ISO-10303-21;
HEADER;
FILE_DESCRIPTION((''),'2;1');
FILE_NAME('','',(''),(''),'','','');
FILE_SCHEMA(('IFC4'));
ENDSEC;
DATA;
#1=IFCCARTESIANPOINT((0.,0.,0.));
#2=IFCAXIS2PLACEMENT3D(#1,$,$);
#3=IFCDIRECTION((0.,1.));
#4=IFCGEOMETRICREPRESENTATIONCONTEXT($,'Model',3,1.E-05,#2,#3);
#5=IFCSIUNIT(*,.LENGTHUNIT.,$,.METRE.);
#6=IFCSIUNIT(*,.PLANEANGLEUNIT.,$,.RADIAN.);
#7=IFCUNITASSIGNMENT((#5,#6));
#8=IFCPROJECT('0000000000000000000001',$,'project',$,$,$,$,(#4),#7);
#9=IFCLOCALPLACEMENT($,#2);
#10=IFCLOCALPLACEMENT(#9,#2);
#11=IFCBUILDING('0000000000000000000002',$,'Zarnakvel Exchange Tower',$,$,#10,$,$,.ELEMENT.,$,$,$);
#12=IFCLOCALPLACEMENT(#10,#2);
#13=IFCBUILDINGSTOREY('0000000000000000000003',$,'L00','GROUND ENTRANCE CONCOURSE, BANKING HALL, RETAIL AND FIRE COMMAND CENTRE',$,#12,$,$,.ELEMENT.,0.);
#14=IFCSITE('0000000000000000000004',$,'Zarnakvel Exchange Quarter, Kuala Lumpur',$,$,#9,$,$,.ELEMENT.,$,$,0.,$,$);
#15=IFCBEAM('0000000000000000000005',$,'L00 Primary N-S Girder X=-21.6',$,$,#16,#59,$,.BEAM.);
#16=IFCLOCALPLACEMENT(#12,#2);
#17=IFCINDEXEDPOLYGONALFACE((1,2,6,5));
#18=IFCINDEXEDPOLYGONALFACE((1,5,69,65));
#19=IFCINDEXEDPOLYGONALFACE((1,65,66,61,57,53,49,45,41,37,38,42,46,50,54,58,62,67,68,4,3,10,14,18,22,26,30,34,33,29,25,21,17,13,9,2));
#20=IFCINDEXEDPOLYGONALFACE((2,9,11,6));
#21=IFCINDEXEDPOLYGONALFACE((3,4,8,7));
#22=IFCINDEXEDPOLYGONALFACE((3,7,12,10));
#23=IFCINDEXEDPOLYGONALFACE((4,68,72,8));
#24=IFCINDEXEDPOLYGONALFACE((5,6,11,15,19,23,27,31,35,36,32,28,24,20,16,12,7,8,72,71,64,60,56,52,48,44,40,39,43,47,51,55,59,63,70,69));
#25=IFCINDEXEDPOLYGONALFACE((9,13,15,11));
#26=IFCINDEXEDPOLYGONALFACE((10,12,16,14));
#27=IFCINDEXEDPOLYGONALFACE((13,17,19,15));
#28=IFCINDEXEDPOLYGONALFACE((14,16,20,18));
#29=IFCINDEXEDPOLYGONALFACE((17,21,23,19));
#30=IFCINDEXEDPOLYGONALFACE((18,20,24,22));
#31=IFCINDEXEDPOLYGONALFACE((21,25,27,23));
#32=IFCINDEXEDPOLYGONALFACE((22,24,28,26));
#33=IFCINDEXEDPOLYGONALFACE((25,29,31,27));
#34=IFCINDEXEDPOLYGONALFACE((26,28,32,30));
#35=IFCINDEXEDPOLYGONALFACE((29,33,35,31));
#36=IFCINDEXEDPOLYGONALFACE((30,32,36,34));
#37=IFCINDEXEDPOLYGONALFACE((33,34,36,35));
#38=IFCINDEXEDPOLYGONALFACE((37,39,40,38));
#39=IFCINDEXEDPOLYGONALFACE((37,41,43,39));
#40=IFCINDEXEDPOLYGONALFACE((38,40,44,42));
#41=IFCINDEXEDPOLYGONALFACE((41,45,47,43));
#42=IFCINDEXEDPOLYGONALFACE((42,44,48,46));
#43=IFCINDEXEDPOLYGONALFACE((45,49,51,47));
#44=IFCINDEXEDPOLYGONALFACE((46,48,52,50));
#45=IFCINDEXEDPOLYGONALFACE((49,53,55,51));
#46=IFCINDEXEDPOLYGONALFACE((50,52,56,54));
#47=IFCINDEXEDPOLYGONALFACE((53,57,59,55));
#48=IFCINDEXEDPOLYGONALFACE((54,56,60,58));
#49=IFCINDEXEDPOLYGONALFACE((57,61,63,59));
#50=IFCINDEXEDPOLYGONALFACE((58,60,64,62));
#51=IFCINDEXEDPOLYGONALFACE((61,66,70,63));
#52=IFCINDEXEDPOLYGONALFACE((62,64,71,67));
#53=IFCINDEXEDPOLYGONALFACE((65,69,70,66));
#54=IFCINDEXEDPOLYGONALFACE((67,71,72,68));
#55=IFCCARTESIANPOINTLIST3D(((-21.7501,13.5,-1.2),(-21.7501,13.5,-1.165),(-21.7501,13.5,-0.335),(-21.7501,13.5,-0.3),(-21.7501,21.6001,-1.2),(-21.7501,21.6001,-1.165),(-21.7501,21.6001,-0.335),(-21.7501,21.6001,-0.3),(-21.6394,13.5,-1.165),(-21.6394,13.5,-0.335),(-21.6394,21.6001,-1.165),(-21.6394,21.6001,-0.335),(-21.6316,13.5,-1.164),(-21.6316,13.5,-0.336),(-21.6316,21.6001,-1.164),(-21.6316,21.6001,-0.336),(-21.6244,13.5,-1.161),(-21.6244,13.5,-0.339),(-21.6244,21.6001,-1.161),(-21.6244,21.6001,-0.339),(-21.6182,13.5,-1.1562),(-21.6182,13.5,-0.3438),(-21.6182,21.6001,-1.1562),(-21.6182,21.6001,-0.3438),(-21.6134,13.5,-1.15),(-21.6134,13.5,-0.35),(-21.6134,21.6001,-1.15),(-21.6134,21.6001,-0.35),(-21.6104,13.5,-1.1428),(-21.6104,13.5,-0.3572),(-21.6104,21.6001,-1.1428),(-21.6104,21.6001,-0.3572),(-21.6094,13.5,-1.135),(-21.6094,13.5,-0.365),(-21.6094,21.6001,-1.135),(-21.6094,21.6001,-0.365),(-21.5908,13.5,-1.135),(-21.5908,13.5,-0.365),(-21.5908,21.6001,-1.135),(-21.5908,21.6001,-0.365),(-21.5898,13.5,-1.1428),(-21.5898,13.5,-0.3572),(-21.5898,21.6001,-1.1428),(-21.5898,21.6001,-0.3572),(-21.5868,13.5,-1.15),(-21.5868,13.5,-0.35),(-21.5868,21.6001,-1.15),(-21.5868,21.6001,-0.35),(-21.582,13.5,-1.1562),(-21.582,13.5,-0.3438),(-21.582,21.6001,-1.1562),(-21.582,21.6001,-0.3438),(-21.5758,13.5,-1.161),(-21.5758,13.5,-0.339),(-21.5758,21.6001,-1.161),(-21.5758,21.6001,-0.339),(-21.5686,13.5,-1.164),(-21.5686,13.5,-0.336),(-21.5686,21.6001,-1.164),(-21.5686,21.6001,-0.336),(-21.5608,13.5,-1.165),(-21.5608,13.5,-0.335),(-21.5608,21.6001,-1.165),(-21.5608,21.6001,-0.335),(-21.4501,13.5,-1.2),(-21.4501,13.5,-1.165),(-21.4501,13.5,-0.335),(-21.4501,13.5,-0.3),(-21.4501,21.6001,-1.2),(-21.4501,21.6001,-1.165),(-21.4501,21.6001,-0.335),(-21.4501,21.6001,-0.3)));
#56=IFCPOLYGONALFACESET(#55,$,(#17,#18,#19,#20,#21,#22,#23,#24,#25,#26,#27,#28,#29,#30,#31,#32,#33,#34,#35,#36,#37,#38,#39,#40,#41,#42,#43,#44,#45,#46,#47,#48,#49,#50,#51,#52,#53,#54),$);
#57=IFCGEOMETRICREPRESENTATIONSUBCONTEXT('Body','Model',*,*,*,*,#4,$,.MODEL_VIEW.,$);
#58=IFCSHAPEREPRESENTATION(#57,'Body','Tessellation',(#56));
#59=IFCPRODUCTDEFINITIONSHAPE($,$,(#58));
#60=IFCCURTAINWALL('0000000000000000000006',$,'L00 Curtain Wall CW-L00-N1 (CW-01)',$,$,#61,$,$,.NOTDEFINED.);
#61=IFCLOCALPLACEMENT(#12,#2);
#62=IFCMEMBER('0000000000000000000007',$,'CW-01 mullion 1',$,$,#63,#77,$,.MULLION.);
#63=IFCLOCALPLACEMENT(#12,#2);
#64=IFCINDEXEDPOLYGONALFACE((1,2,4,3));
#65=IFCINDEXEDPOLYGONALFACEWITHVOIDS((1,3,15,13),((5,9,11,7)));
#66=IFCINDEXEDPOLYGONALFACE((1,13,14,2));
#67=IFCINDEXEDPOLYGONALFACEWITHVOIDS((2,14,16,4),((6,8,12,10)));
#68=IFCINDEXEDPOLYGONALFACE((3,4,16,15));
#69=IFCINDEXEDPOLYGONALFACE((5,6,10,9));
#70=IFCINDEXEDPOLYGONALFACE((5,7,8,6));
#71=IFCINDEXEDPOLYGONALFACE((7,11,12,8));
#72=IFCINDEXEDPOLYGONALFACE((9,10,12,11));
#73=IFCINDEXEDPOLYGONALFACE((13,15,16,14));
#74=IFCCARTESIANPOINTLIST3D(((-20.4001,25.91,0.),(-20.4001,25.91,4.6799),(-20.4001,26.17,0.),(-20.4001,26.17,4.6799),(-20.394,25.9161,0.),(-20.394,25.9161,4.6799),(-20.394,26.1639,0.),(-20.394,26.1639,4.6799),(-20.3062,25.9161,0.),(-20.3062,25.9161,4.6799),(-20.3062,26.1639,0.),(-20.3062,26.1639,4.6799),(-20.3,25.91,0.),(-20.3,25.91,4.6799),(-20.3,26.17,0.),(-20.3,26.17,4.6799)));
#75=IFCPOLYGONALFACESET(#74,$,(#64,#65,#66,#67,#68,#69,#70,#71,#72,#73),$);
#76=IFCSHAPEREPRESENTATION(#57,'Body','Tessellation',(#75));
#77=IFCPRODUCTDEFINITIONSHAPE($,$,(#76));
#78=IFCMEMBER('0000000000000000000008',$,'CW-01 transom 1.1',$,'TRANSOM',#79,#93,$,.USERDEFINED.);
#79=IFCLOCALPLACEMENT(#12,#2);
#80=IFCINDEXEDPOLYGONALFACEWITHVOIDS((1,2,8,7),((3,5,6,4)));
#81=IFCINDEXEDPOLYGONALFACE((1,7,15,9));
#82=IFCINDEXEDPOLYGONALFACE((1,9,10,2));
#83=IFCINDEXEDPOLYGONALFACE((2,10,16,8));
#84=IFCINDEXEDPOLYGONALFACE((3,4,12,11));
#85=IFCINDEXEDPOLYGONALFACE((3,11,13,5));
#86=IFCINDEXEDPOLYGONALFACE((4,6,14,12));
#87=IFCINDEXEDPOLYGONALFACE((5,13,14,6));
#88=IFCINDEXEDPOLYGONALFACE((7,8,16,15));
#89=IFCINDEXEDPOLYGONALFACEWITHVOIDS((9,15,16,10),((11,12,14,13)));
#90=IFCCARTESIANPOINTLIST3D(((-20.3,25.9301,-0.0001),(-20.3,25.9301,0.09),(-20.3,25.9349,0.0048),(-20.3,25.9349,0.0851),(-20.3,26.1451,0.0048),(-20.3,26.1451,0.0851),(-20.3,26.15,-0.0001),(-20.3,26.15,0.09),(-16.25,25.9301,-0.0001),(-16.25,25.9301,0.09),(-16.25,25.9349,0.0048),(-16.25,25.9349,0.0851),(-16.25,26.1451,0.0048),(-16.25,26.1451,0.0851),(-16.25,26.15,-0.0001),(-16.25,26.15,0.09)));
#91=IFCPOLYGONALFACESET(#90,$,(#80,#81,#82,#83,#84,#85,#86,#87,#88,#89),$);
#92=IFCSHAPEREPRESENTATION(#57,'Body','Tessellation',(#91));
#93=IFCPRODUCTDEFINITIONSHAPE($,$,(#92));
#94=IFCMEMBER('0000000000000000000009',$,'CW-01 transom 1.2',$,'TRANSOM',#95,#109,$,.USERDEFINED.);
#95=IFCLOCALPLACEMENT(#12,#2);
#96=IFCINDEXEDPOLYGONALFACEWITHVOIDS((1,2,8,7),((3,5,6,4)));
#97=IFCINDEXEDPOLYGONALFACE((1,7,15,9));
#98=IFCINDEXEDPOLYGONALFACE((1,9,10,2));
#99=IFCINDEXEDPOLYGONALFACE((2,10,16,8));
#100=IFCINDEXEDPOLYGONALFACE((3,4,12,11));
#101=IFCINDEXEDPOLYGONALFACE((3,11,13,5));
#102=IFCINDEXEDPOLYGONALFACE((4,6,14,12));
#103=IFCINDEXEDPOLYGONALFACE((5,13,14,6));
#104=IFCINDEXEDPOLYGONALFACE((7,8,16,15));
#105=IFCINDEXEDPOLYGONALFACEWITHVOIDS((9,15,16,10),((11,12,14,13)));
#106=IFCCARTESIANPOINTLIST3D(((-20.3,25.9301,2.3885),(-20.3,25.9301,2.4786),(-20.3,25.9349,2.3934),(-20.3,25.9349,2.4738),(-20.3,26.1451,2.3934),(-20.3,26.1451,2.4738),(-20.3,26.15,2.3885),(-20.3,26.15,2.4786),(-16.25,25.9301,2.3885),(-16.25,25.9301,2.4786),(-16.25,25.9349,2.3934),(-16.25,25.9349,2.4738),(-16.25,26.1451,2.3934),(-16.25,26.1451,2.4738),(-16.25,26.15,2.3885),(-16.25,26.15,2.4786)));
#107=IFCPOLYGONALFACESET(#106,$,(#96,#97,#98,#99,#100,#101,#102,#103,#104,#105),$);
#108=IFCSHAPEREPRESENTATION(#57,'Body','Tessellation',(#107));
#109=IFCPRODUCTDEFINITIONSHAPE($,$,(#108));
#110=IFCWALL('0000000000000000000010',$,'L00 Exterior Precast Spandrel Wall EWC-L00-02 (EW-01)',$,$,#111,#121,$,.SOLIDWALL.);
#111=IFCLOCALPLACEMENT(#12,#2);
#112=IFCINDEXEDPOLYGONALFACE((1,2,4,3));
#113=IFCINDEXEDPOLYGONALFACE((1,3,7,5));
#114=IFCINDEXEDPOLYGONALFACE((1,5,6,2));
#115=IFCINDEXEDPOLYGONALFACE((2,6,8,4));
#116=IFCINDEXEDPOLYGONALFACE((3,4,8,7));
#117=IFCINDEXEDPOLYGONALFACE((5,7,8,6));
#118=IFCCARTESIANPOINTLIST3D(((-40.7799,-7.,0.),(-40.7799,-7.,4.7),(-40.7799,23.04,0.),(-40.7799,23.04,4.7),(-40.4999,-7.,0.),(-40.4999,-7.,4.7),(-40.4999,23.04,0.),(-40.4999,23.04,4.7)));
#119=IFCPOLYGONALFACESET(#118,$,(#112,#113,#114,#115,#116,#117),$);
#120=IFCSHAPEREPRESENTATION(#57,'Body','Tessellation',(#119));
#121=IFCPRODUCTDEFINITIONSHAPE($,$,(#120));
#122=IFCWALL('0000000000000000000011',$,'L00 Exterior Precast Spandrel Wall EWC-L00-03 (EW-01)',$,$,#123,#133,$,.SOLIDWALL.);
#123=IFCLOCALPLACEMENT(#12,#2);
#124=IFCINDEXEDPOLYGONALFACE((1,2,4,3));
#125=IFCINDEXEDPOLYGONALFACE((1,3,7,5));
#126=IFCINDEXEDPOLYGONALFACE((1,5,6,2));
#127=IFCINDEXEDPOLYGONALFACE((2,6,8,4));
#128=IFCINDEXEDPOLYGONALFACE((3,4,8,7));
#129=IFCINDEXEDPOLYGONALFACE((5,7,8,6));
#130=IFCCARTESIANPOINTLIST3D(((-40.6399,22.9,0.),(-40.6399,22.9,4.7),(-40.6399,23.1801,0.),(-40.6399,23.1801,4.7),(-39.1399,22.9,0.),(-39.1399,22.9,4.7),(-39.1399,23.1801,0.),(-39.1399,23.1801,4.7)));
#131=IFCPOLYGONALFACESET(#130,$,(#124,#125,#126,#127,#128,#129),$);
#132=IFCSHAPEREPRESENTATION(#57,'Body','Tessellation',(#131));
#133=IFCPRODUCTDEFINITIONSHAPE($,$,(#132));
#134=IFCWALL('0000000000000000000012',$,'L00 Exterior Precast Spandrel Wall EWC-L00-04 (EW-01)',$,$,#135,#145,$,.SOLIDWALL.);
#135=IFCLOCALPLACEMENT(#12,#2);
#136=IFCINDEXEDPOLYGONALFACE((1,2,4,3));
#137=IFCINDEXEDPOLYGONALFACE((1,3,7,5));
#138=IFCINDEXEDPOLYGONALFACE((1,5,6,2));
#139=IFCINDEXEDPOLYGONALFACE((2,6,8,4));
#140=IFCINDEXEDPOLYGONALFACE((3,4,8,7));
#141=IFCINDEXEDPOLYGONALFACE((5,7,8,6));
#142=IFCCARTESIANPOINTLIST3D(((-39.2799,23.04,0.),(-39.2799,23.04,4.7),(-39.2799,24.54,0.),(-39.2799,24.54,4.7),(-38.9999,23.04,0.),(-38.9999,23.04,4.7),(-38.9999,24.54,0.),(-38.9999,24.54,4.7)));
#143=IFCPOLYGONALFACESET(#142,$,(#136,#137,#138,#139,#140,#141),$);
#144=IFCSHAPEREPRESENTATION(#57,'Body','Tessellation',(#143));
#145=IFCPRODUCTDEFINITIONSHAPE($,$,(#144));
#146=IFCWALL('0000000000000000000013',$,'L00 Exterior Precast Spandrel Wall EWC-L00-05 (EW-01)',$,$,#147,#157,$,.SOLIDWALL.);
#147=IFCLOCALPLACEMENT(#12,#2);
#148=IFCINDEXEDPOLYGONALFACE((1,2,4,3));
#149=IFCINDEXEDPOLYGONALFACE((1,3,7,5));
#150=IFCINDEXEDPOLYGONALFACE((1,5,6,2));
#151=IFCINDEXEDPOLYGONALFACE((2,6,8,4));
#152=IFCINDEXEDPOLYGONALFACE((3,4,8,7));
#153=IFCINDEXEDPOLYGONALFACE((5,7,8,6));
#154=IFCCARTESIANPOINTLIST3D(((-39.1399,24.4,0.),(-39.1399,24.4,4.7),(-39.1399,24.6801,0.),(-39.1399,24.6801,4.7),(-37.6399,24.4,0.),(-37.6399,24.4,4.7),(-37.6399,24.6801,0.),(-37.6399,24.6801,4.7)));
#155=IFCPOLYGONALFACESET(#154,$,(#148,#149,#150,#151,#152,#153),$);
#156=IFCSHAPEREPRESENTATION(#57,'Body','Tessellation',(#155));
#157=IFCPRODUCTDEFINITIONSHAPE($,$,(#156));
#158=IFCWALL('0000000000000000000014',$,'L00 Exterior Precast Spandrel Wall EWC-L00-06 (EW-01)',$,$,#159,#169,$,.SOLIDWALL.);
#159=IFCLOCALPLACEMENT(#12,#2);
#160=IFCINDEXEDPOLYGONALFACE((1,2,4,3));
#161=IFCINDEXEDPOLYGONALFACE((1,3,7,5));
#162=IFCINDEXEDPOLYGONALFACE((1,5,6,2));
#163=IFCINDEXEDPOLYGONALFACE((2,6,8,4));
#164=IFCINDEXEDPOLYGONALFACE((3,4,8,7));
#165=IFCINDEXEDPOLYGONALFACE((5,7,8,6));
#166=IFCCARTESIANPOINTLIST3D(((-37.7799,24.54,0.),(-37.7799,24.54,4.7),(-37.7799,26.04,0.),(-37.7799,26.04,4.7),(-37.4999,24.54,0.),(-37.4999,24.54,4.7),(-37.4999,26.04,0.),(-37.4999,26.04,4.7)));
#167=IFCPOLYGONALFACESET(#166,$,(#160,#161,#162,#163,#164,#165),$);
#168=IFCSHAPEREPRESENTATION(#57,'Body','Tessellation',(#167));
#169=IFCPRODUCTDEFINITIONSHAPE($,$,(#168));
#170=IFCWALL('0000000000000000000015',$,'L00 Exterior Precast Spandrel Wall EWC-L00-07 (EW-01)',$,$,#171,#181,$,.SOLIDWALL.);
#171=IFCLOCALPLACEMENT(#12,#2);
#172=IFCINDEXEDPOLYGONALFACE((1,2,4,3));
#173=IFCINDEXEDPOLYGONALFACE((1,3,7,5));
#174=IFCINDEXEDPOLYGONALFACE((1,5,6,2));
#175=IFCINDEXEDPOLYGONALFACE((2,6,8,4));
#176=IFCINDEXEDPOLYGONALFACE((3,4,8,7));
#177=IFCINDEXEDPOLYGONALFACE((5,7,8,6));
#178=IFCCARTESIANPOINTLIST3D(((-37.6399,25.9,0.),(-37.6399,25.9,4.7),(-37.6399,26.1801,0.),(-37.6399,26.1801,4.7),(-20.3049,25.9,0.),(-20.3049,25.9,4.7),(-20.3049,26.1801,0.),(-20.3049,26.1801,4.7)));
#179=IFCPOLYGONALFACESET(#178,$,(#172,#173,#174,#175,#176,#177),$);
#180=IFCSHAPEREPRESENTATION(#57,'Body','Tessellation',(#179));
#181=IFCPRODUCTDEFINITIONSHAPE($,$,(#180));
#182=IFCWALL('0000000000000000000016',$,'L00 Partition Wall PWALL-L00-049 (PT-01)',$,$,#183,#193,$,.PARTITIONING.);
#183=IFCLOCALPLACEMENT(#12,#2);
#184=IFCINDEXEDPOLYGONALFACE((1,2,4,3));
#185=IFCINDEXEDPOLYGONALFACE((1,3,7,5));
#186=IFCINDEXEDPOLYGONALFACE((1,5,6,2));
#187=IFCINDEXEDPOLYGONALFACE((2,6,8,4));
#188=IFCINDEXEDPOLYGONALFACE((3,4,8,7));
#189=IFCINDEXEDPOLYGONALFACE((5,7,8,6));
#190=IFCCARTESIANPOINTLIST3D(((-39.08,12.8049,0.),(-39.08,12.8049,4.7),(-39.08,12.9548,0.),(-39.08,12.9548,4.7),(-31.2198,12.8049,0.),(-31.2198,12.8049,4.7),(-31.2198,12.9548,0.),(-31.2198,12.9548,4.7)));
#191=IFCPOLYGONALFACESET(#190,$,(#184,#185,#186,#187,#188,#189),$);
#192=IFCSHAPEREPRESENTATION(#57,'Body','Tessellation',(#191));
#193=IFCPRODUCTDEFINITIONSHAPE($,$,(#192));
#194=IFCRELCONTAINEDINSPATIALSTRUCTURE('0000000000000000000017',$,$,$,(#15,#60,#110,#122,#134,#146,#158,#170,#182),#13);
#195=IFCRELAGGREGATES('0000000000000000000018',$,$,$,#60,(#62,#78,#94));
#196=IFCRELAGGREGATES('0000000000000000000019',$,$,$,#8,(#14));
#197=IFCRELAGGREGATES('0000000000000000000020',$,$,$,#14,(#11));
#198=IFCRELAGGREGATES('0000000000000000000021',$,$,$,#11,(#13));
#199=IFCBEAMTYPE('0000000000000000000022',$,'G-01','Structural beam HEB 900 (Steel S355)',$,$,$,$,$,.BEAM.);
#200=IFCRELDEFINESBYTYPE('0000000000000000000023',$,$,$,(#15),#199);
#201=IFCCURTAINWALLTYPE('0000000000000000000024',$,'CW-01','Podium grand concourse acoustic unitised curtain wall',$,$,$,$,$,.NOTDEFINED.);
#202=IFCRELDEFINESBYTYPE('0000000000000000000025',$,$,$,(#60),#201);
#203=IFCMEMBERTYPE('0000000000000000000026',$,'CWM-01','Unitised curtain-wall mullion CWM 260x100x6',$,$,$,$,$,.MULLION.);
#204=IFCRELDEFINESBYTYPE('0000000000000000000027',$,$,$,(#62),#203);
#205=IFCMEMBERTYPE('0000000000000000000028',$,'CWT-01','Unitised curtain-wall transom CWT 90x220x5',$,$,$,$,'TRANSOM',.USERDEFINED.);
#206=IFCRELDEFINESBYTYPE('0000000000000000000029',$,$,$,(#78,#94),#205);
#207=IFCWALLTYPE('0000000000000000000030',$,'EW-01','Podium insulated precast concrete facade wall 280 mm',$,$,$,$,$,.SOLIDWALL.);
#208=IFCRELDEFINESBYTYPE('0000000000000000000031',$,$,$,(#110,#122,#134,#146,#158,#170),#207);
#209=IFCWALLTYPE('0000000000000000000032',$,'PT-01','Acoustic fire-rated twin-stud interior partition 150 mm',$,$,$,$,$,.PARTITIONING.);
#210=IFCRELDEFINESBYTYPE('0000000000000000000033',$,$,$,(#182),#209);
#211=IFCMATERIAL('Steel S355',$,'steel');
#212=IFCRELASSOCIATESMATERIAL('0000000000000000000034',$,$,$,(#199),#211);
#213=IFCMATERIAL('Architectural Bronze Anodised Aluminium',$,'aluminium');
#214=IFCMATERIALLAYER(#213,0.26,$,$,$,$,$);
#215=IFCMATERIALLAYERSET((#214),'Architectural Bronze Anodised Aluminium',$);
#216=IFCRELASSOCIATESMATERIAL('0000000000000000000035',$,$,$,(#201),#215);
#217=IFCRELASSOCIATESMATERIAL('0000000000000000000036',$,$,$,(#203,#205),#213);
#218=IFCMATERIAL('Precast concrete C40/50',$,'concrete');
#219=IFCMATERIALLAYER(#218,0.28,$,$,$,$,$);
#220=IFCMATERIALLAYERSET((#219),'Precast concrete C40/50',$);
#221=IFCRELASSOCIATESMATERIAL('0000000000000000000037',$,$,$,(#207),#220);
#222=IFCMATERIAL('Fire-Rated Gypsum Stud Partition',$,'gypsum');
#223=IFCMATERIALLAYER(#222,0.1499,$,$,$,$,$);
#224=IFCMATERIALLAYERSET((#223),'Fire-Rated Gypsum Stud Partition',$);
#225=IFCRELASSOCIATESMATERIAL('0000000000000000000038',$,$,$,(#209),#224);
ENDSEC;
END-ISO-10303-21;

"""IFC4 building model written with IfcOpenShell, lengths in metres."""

from ifc_helpers import new_model, si_unit, direction, frame, frame_2d, origin, origin_2d, place, context, subcontext, project, spatial, rectangle, hollow_rectangle, i_section, extrude, source, transform, mapped, material, layer, layer_set, material_profile, profile_set, type_object, element, aggregate, save


model = new_model("IFC4")

# Units and contexts
model_context = context("Model", 3, precision=1e-05, world=origin(), true_north=direction((0.0, 1.0)))
body_context = subcontext(model_context, "Body", "Model", "MODEL_VIEW")
ifc_project = project(units=[si_unit("LENGTHUNIT", "METRE"), si_unit("PLANEANGLEUNIT", "RADIAN")], contexts=[model_context])

# Site, building, storey
site_placement = place(None, origin())
site = spatial("IfcSite", under=ifc_project, at=site_placement, Name="Zarnakvel Exchange Quarter, Kuala Lumpur", CompositionType="ELEMENT", RefElevation=0.0)
building_placement = place(site_placement, origin())
building = spatial("IfcBuilding", under=site, at=building_placement, Name="Zarnakvel Exchange Tower", CompositionType="ELEMENT")
storey_placement = place(building_placement, origin())
storey = spatial("IfcBuildingStorey", under=building, at=storey_placement, Name="L00", Description="GROUND ENTRANCE CONCOURSE, BANKING HALL, RETAIL AND FIRE COMMAND CENTRE", CompositionType="ELEMENT", Elevation=0.0)

# Beam
ifc_material_1 = material(Name="Steel S355", Category="steel")
ifc_material_profile_1 = material_profile(ifc_material_1, i_section(OverallWidth=0.3, OverallDepth=0.8999, WebThickness=0.0186, FlangeThickness=0.0349, FilletRadius=0.03, at=origin_2d()))
ifc_profile_set_1 = profile_set([ifc_material_profile_1], Name="Steel S355")
beam_type_1 = type_object("IfcBeamType", Name="G-01", Description="Structural beam HEB 900 (Steel S355)", PredefinedType="BEAM", material=ifc_profile_set_1)
beam_1_placement = place(storey_placement, frame((-21.6001, 13.5, -0.75), z_axis=(0.0, 1.0, 0.0), x_axis=(-1.0, 0.0, 0.0)))
element("IfcBeam", 1, at=beam_1_placement, inside=storey, type_object=beam_type_1, Name="L00 Primary N-S Girder X=-21.6", PredefinedType="BEAM", context=body_context, shape_type="SweptSolid", body=[
    extrude(i_section(OverallWidth=0.3, OverallDepth=0.8999, WebThickness=0.0186, FlangeThickness=0.0349, FilletRadius=0.03, at=origin_2d()), origin(), (0.0, 0.0, 1.0), 8.1001),
])

# Curtain wall, members
ifc_material_2 = material(Name="Architectural Bronze Anodised Aluminium", Category="aluminium")
ifc_layer_1 = layer(ifc_material_2, 0.26)
ifc_layer_set_1 = layer_set([ifc_layer_1], Name="Architectural Bronze Anodised Aluminium")
curtain_wall_type = type_object("IfcCurtainWallType", Name="CW-01", Description="Podium grand concourse acoustic unitised curtain wall", PredefinedType="NOTDEFINED", material=ifc_layer_set_1)
curtain_wall_placement = place(storey_placement, origin())
curtain_wall = element("IfcCurtainWall", 2, at=curtain_wall_placement, inside=storey, type_object=curtain_wall_type, Name="L00 Curtain Wall CW-L00-N1 (CW-01)", PredefinedType="NOTDEFINED")
ifc_material_profile_2 = material_profile(ifc_material_2, hollow_rectangle(XDim=0.26, YDim=0.1001, WallThickness=0.0061, at=origin_2d()))
ifc_profile_set_2 = profile_set([ifc_material_profile_2], Name="Architectural Bronze Anodised Aluminium")
member_type_1 = type_object("IfcMemberType", Name="CWM-01", Description="Unitised curtain-wall mullion CWM 260x100x6", PredefinedType="MULLION", material=ifc_profile_set_2)
shared_shape_1 = source(origin(), body_context, "Body", "SweptSolid", [
    extrude(hollow_rectangle(XDim=0.26, YDim=0.1001, WallThickness=0.0061, at=origin_2d()), origin(), (0.0, 0.0, 1.0), 4.6799),
])
member_1_placement = place(storey_placement, frame((-20.3501, 26.04, 0.0), z_axis=(0.0, 0.0, 1.0), x_axis=(0.0, 1.0, 0.0)))
member_1 = element("IfcMember", 3, at=member_1_placement, type_object=member_type_1, Name="CW-01 mullion 1", PredefinedType="MULLION", context=body_context, shape_type="MappedRepresentation", body=[
    mapped(shared_shape_1, transform((0.0, 0.0, 0.0), x_axis=(1.0, 0.0, 0.0), y_axis=(0.0, 1.0, 0.0), z_axis=(0.0, 0.0, 1.0), scale=1.0)),
])
ifc_material_profile_3 = material_profile(ifc_material_2, hollow_rectangle(XDim=0.22, YDim=0.0901, WallThickness=0.0049, at=origin_2d()))
ifc_profile_set_3 = profile_set([ifc_material_profile_3], Name="Architectural Bronze Anodised Aluminium")
member_type_2 = type_object("IfcMemberType", Name="CWT-01", Description="Unitised curtain-wall transom CWT 90x220x5", ElementType="TRANSOM", PredefinedType="USERDEFINED", material=ifc_profile_set_3)
shared_shape_2 = source(origin(), body_context, "Body", "SweptSolid", [
    extrude(hollow_rectangle(XDim=0.22, YDim=0.0901, WallThickness=0.0049, at=origin_2d()), origin(), (0.0, 0.0, 1.0), 4.05),
])
member_2_placement = place(storey_placement, frame((-20.3, 26.04, 0.0449), z_axis=(1.0, 0.0, 0.0), x_axis=(0.0, 1.0, 0.0)))
member_2 = element("IfcMember", 4, at=member_2_placement, type_object=member_type_2, Name="CW-01 transom 1.1", ObjectType="TRANSOM", PredefinedType="USERDEFINED", context=body_context, shape_type="MappedRepresentation", body=[
    mapped(shared_shape_2, transform((0.0, 0.0, 0.0), x_axis=(1.0, 0.0, 0.0), y_axis=(0.0, 1.0, 0.0), z_axis=(0.0, 0.0, 1.0), scale=1.0)),
])
member_3_placement = place(storey_placement, frame((-20.3, 26.04, 2.4336), z_axis=(1.0, 0.0, 0.0), x_axis=(0.0, 1.0, 0.0)))
member_3 = element("IfcMember", 5, at=member_3_placement, type_object=member_type_2, Name="CW-01 transom 1.2", ObjectType="TRANSOM", PredefinedType="USERDEFINED", context=body_context, shape_type="MappedRepresentation", body=[
    mapped(shared_shape_2, transform((0.0, 0.0, 0.0), x_axis=(1.0, 0.0, 0.0), y_axis=(0.0, 1.0, 0.0), z_axis=(0.0, 0.0, 1.0), scale=1.0)),
])
aggregate(curtain_wall, [member_1, member_2, member_3])

# Walls
ifc_material_3 = material(Name="Precast concrete C40/50", Category="concrete")
ifc_layer_2 = layer(ifc_material_3, 0.28)
ifc_layer_set_2 = layer_set([ifc_layer_2], Name="Precast concrete C40/50")
wall_type_1 = type_object("IfcWallType", Name="EW-01", Description="Podium insulated precast concrete facade wall 280 mm", PredefinedType="SOLIDWALL", material=ifc_layer_set_2)
wall_1_placement = place(storey_placement, frame((-40.6399, 23.04, 0.0), z_axis=(0.0, 0.0, 1.0), x_axis=(0.0, -1.0, 0.0)))
element("IfcWall", 6, at=wall_1_placement, inside=storey, type_object=wall_type_1, Name="L00 Exterior Precast Spandrel Wall EWC-L00-02 (EW-01)", PredefinedType="SOLIDWALL", context=body_context, shape_type="SweptSolid", body=[
    extrude(rectangle(XDim=30.04, YDim=0.28, at=frame_2d((15.02, 0.0))), origin(), (0.0, 0.0, 1.0), 4.7),
])
for number, where, z_axis, x_axis, name in (
    (7, (-39.1399, 23.04, 0.0), (0.0, 0.0, 1.0), (-1.0, 0.0, 0.0), "L00 Exterior Precast Spandrel Wall EWC-L00-03 (EW-01)"),
    (8, (-39.1399, 24.54, 0.0), (0.0, 0.0, 1.0), (0.0, -1.0, 0.0), "L00 Exterior Precast Spandrel Wall EWC-L00-04 (EW-01)"),
    (9, (-37.6399, 24.54, 0.0), (0.0, 0.0, 1.0), (-1.0, 0.0, 0.0), "L00 Exterior Precast Spandrel Wall EWC-L00-05 (EW-01)"),
    (10, (-37.6399, 26.04, 0.0), (0.0, 0.0, 1.0), (0.0, -1.0, 0.0), "L00 Exterior Precast Spandrel Wall EWC-L00-06 (EW-01)"),
):
    element("IfcWall", number, at=place(storey_placement, frame(where, z_axis=z_axis, x_axis=x_axis)), inside=storey, type_object=wall_type_1, Name=name, PredefinedType="SOLIDWALL", context=body_context, shape_type="SweptSolid", body=[
        extrude(rectangle(XDim=1.5, YDim=0.28, at=frame_2d((0.75, 0.0))), origin(), (0.0, 0.0, 1.0), 4.7),
    ])
wall_2_placement = place(storey_placement, frame((-20.3049, 26.04, 0.0), z_axis=(0.0, 0.0, 1.0), x_axis=(-1.0, 0.0, 0.0)))
element("IfcWall", 11, at=wall_2_placement, inside=storey, type_object=wall_type_1, Name="L00 Exterior Precast Spandrel Wall EWC-L00-07 (EW-01)", PredefinedType="SOLIDWALL", context=body_context, shape_type="SweptSolid", body=[
    extrude(rectangle(XDim=17.335, YDim=0.28, at=frame_2d((8.6675, 0.0))), origin(), (0.0, 0.0, 1.0), 4.7),
])
ifc_material_4 = material(Name="Fire-Rated Gypsum Stud Partition", Category="gypsum")
ifc_layer_3 = layer(ifc_material_4, 0.1499)
ifc_layer_set_3 = layer_set([ifc_layer_3], Name="Fire-Rated Gypsum Stud Partition")
wall_type_2 = type_object("IfcWallType", Name="PT-01", Description="Acoustic fire-rated twin-stud interior partition 150 mm", PredefinedType="PARTITIONING", material=ifc_layer_set_3)
wall_3_placement = place(storey_placement, frame((-39.0801, 12.8799, 0.0), z_axis=(0.0, 0.0, 1.0), x_axis=(1.0, 0.0, 0.0)))
element("IfcWall", 12, at=wall_3_placement, inside=storey, type_object=wall_type_2, Name="L00 Partition Wall PWALL-L00-049 (PT-01)", PredefinedType="PARTITIONING", context=body_context, shape_type="SweptSolid", body=[
    extrude(rectangle(XDim=7.8601, YDim=0.1499, at=frame_2d((3.9302, 0.0))), origin(), (0.0, 0.0, 1.0), 4.7),
])

save(model, "model.ifc")
